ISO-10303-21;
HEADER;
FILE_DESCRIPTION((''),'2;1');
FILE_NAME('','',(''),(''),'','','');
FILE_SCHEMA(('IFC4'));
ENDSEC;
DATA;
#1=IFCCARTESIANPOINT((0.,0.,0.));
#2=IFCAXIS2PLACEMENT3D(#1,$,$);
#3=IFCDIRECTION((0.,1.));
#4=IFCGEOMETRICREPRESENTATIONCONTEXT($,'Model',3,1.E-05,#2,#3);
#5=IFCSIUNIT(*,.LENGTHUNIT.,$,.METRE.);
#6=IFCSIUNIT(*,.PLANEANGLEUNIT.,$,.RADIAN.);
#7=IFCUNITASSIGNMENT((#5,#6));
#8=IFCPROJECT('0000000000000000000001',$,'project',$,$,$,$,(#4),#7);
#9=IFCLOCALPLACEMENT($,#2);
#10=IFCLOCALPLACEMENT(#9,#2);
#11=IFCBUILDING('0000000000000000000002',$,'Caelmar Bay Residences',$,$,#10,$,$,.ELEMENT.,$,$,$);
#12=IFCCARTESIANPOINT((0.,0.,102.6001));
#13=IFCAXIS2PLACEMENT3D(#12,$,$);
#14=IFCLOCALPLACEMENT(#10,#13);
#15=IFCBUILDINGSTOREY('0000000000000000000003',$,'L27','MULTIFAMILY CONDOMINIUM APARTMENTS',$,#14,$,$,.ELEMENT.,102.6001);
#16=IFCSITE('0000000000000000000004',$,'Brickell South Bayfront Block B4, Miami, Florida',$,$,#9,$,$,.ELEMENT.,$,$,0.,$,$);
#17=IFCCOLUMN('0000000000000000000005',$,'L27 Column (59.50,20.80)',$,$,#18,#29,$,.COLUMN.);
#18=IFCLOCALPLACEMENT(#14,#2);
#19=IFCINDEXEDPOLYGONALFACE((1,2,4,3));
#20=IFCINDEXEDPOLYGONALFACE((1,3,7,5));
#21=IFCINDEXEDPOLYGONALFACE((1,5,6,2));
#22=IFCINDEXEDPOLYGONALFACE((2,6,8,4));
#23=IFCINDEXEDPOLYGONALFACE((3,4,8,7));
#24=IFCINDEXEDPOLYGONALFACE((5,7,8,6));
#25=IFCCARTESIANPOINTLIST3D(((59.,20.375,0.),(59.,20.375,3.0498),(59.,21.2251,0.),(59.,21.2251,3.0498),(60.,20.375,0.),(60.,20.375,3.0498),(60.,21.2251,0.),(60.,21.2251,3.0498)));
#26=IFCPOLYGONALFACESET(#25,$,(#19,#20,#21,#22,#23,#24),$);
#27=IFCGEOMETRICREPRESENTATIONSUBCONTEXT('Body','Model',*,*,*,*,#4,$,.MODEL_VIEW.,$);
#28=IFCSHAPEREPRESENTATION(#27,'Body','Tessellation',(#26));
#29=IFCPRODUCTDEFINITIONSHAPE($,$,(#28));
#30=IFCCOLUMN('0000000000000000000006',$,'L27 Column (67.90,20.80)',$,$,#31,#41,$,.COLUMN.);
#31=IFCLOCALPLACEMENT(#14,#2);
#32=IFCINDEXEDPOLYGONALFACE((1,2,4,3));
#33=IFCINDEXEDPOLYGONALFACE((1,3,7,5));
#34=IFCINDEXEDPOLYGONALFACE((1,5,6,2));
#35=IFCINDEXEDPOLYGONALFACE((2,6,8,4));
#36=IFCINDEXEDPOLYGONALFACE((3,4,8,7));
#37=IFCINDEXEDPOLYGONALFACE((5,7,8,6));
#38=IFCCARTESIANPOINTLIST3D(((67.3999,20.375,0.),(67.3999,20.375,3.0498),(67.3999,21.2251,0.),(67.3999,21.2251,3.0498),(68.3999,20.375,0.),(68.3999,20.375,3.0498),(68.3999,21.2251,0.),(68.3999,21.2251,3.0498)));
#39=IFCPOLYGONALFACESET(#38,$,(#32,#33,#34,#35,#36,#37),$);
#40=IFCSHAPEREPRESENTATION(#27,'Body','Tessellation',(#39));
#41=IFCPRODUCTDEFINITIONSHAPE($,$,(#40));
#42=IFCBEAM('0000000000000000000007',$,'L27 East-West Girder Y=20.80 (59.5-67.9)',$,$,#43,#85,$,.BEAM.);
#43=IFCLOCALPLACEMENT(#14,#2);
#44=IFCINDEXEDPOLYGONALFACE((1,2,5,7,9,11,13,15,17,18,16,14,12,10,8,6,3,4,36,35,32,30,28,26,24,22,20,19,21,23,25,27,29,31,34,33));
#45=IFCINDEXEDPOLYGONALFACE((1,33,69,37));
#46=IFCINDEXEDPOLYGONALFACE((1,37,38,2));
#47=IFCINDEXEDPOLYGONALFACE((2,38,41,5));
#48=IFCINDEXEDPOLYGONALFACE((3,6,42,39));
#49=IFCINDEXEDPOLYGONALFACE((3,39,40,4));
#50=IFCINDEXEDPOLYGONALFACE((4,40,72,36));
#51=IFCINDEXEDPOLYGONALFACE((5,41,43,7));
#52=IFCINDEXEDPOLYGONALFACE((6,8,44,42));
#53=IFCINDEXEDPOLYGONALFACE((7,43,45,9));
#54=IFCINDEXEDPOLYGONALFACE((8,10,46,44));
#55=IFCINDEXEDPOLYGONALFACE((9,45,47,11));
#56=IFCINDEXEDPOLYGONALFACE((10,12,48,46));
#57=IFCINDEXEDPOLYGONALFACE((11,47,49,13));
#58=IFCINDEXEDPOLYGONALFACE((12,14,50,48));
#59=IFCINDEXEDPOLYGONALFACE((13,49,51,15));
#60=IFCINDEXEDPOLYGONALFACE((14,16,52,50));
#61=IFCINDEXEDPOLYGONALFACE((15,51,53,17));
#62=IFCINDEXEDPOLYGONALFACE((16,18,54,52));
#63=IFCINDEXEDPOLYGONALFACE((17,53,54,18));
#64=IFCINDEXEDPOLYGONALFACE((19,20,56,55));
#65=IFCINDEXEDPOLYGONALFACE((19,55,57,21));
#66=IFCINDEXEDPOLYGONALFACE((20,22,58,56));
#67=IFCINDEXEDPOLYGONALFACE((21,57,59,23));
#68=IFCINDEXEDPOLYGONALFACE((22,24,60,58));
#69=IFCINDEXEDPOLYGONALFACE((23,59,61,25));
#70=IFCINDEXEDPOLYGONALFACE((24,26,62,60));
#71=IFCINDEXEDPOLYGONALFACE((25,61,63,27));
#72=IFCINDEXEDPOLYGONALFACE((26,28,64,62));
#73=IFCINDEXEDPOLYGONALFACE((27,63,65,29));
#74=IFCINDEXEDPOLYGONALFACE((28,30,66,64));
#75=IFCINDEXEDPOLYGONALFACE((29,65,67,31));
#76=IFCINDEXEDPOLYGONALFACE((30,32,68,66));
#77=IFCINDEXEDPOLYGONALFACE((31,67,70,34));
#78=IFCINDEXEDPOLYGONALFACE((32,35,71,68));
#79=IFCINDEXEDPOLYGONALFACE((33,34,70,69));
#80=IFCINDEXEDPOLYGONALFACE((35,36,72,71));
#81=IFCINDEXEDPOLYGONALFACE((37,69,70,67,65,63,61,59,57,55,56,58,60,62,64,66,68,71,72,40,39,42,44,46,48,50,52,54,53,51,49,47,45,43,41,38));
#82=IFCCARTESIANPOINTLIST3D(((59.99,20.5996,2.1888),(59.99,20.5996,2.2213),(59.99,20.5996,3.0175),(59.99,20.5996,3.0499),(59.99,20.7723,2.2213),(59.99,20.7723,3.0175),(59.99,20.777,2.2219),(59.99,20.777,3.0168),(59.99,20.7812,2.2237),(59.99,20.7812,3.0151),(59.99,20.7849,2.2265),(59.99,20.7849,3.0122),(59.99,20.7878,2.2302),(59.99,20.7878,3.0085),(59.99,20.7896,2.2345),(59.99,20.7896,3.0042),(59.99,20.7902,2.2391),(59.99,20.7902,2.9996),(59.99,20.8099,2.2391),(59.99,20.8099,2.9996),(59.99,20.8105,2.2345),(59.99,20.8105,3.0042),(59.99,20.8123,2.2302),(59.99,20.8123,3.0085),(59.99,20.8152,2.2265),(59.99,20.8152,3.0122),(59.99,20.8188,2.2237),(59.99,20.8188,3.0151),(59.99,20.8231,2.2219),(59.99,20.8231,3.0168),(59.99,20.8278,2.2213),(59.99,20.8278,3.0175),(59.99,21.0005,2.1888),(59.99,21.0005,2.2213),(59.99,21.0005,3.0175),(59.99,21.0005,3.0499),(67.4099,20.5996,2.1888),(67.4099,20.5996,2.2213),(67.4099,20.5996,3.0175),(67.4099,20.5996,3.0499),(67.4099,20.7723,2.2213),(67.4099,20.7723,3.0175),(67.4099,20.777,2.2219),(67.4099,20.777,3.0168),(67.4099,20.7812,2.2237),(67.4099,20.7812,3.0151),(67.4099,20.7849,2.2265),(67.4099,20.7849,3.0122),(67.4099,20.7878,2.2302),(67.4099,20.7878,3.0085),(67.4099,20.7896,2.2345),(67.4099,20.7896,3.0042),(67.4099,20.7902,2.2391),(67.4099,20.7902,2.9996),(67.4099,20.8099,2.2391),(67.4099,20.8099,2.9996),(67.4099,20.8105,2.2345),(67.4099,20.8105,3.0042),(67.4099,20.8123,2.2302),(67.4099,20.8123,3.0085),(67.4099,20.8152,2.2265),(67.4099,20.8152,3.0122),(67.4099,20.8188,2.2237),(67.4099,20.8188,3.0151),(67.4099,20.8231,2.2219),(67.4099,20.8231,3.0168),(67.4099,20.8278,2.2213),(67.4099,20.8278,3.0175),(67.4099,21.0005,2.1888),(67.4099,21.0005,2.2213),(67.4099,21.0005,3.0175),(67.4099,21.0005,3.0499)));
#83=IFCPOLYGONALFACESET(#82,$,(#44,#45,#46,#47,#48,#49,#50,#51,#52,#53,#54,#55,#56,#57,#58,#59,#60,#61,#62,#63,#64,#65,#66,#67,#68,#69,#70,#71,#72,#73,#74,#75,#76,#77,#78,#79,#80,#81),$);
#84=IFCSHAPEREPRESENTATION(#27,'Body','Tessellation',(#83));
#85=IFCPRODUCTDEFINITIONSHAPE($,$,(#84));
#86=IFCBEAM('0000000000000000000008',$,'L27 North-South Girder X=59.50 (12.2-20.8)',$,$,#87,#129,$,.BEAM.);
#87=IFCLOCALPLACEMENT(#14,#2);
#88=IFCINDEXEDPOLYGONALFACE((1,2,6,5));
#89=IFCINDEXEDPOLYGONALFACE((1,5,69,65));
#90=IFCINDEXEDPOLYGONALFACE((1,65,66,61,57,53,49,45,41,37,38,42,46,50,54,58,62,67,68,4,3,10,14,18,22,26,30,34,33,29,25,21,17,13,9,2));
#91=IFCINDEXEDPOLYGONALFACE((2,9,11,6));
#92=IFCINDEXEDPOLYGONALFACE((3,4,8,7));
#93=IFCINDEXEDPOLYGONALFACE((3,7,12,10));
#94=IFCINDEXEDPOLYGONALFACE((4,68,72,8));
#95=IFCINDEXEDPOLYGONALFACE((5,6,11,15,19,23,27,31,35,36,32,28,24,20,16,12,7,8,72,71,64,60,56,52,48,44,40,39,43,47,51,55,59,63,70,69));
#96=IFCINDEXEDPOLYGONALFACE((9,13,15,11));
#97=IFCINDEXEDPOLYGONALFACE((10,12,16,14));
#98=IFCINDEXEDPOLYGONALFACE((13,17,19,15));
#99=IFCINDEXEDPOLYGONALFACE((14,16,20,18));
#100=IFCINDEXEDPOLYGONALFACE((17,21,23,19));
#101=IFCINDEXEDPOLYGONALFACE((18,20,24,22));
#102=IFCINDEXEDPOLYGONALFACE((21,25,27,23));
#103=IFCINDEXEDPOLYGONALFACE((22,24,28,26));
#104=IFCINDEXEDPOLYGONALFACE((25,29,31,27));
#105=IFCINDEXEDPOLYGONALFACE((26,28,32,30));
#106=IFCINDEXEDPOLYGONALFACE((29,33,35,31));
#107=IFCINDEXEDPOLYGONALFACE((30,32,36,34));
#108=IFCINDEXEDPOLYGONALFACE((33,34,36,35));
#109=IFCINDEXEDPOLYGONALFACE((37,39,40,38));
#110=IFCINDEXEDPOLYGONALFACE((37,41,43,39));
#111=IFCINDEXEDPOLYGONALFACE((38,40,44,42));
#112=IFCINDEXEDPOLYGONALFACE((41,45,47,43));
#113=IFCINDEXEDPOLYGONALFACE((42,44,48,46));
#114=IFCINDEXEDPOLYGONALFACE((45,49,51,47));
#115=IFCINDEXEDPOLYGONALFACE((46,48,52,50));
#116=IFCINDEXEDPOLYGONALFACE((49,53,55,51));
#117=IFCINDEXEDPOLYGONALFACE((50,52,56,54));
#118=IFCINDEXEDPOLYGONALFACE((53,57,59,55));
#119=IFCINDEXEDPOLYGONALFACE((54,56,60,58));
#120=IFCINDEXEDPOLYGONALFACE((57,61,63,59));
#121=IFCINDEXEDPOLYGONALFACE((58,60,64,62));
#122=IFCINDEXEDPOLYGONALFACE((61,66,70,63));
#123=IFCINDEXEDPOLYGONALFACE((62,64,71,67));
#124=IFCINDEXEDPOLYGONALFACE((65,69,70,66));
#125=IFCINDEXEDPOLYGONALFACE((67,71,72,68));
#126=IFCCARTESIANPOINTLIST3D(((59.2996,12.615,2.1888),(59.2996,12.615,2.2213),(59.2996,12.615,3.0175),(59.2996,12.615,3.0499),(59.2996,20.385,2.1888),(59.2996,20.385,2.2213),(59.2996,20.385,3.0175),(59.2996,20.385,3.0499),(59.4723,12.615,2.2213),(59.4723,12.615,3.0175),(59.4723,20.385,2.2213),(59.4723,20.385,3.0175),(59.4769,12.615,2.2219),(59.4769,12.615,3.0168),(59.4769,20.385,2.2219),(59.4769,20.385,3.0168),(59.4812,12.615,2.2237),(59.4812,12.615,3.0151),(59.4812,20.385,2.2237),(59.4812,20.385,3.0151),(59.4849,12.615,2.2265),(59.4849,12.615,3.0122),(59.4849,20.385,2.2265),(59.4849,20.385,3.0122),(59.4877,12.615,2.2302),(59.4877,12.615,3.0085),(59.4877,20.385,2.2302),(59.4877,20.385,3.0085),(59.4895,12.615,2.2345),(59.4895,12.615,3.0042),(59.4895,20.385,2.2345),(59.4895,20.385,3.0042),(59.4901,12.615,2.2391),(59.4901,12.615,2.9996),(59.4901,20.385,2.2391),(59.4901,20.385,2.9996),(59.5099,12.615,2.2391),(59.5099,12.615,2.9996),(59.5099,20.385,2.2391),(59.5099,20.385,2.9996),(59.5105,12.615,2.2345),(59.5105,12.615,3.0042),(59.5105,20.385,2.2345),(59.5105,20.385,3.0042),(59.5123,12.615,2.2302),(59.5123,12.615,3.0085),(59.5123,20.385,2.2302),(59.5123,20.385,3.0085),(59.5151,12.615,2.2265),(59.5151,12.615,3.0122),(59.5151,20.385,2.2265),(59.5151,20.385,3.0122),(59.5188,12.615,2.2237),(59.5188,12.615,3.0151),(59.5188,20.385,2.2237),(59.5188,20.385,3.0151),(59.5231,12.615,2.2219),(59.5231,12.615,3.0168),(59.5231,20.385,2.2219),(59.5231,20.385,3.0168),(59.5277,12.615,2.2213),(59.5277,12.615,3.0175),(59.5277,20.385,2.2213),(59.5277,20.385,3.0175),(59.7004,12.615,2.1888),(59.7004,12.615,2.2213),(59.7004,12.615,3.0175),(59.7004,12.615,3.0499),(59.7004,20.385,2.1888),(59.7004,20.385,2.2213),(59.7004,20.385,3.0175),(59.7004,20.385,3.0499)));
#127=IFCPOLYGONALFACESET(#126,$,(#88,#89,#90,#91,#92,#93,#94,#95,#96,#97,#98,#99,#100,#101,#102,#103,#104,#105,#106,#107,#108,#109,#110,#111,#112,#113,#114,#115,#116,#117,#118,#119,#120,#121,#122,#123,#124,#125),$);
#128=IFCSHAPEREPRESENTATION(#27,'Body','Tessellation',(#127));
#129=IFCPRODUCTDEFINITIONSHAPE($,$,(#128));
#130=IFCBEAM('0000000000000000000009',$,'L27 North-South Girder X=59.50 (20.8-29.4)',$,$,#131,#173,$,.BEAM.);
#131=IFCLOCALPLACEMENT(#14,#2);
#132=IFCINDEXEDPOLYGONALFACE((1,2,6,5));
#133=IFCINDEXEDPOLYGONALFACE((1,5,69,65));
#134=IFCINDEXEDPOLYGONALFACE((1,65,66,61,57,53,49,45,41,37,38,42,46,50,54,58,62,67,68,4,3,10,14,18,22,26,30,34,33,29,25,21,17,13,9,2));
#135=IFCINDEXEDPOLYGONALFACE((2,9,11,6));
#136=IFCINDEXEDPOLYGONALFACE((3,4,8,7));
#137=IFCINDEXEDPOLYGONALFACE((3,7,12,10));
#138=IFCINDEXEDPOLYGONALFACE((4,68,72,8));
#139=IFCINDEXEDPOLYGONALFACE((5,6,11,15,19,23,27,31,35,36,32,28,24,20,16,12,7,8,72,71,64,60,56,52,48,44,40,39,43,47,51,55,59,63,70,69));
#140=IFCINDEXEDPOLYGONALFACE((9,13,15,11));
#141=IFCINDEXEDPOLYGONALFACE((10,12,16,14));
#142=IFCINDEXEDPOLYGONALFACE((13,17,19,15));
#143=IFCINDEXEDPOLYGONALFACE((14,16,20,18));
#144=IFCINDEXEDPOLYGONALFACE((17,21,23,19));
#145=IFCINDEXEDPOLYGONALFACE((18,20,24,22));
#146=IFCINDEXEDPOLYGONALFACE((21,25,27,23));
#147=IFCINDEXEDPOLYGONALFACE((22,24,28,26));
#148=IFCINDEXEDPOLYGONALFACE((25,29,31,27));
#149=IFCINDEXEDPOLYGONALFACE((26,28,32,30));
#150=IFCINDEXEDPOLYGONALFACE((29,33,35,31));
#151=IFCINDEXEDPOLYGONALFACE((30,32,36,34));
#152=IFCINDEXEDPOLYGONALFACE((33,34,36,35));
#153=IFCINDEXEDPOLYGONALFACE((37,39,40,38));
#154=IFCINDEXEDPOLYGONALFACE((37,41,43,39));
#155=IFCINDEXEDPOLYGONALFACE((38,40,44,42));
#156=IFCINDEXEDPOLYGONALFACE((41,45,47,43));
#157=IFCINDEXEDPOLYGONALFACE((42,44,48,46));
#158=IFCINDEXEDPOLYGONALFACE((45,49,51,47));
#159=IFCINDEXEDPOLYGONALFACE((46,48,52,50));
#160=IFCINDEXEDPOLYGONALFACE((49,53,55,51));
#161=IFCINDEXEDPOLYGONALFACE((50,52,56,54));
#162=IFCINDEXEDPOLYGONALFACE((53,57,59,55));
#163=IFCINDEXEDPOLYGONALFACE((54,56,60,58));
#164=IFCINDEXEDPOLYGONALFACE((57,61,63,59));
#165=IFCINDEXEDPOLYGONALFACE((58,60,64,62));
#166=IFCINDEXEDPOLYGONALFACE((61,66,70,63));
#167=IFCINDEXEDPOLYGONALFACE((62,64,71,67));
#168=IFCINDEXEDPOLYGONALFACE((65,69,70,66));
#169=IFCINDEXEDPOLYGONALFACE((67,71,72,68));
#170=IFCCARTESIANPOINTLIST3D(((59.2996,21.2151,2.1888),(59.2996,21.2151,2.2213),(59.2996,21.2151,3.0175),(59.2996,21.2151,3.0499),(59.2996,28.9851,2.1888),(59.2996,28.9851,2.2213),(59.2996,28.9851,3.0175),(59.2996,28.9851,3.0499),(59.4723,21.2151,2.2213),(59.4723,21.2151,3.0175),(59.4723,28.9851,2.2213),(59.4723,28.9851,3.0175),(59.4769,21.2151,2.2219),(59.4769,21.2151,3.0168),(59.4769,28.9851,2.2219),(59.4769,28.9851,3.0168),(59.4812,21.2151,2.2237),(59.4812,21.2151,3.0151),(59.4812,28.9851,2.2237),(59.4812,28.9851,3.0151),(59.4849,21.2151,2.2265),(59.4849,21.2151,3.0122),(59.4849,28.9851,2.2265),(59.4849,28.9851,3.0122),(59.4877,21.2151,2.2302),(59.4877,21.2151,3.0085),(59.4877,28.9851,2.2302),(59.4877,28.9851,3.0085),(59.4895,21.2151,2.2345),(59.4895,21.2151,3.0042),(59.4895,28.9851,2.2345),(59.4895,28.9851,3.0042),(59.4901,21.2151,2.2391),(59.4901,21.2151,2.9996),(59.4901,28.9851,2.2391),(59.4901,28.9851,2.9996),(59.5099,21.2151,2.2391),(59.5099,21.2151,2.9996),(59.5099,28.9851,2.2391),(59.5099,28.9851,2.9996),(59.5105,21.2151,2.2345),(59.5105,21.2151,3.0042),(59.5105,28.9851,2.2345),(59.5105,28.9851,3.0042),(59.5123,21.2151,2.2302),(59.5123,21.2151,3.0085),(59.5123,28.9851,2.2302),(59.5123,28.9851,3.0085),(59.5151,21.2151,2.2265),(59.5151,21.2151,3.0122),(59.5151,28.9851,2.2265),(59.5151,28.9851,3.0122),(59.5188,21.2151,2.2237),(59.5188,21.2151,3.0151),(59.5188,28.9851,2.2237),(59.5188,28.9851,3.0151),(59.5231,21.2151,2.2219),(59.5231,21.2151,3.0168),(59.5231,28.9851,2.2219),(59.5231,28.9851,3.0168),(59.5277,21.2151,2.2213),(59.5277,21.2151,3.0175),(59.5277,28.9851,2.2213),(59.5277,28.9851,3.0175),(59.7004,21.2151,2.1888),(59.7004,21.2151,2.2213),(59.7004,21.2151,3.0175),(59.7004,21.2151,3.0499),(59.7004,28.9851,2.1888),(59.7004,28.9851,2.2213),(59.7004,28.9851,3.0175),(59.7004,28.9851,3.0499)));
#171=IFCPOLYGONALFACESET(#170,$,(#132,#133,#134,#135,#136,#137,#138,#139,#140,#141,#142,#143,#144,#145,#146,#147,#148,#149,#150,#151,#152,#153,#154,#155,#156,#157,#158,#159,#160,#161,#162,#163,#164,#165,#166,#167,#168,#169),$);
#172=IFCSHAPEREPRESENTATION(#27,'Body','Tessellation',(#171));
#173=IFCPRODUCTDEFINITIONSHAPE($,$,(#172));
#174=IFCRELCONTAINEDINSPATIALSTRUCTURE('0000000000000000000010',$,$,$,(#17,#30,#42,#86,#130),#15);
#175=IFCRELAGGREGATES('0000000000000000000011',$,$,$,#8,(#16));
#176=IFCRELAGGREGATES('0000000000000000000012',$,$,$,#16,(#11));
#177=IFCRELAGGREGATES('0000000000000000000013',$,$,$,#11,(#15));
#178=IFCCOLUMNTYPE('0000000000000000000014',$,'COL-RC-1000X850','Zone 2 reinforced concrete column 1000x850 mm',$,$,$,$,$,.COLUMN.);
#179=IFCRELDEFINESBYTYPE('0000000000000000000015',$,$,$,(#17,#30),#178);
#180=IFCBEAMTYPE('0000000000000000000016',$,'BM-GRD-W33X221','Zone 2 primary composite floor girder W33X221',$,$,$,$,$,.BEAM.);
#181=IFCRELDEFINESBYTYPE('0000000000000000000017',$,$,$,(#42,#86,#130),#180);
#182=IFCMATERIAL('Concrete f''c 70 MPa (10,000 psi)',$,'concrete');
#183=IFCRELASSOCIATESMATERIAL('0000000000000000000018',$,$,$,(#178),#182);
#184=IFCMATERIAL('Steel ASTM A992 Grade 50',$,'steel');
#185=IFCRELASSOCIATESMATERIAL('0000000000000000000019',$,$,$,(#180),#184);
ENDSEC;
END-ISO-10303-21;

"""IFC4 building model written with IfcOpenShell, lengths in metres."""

from ifc_helpers import new_model, si_unit, direction, frame, origin, origin_2d, place, context, subcontext, project, spatial, rectangle, i_section, extrude, material, material_profile, profile_set, type_object, element, save


model = new_model("IFC4")

# Units and contexts
model_context = context("Model", 3, precision=1e-05, world=origin(), true_north=direction((0.0, 1.0)))
body_context = subcontext(model_context, "Body", "Model", "MODEL_VIEW")
ifc_project = project(units=[si_unit("LENGTHUNIT", "METRE"), si_unit("PLANEANGLEUNIT", "RADIAN")], contexts=[model_context])

# Site, building, storey
site_placement = place(None, origin())
site = spatial("IfcSite", under=ifc_project, at=site_placement, Name="Brickell South Bayfront Block B4, Miami, Florida", CompositionType="ELEMENT", RefElevation=0.0)
building_placement = place(site_placement, origin())
building = spatial("IfcBuilding", under=site, at=building_placement, Name="Caelmar Bay Residences", CompositionType="ELEMENT")
storey_placement = place(building_placement, frame((0.0, 0.0, 102.6001)))
storey = spatial("IfcBuildingStorey", under=building, at=storey_placement, Name="L27", Description="MULTIFAMILY CONDOMINIUM APARTMENTS", CompositionType="ELEMENT", Elevation=102.6001)

# Columns
ifc_material_1 = material(Name="Concrete f'c 70 MPa (10,000 psi)", Category="concrete")
ifc_material_profile_1 = material_profile(ifc_material_1, rectangle(XDim=1.0, YDim=0.8501, at=origin_2d()), Name="RC-COL-1000X850")
ifc_profile_set_1 = profile_set([ifc_material_profile_1], Name="Concrete f'c 70 MPa (10,000 psi)")
column_type = type_object("IfcColumnType", Name="COL-RC-1000X850", Description="Zone 2 reinforced concrete column 1000x850 mm", PredefinedType="COLUMN", material=ifc_profile_set_1)
for number, where, z_axis, x_axis, name in (
    (1, (59.5, 20.8, 0.0), (0.0, 0.0, 1.0), (1.0, 0.0, 0.0), "L27 Column (59.50,20.80)"),
    (2, (67.8999, 20.8, 0.0), (0.0, 0.0, 1.0), (1.0, 0.0, 0.0), "L27 Column (67.90,20.80)"),
):
    element("IfcColumn", number, at=place(storey_placement, frame(where, z_axis=z_axis, x_axis=x_axis)), inside=storey, type_object=column_type, Name=name, PredefinedType="COLUMN", context=body_context, shape_type="SweptSolid", body=[
        extrude(rectangle(XDim=1.0, YDim=0.8501, at=origin_2d()), origin(), (0.0, 0.0, 1.0), 3.0498),
    ])

# Beams
ifc_material_2 = material(Name="Steel ASTM A992 Grade 50", Category="steel")
ifc_material_profile_2 = material_profile(ifc_material_2, i_section(OverallWidth=0.4009, OverallDepth=0.8611, WebThickness=0.0198, FlangeThickness=0.0325, FilletRadius=0.0178, at=origin_2d()), Name="W33X221")
ifc_profile_set_2 = profile_set([ifc_material_profile_2], Name="Steel ASTM A992 Grade 50")
beam_type_1 = type_object("IfcBeamType", Name="BM-GRD-W33X221", Description="Zone 2 primary composite floor girder W33X221", PredefinedType="BEAM", material=ifc_profile_set_2)
beam_placement = place(storey_placement, frame((59.99, 20.8, 2.6194), z_axis=(1.0, 0.0, 0.0), x_axis=(0.0, 1.0, 0.0)))
element("IfcBeam", 3, at=beam_placement, inside=storey, type_object=beam_type_1, Name="L27 East-West Girder Y=20.80 (59.5-67.9)", PredefinedType="BEAM", context=body_context, shape_type="SweptSolid", body=[
    extrude(i_section(OverallWidth=0.4009, OverallDepth=0.8611, WebThickness=0.0198, FlangeThickness=0.0325, FilletRadius=0.0178, at=origin_2d()), origin(), (0.0, 0.0, 1.0), 7.4199),
])
for number, where, z_axis, x_axis, name in (
    (4, (59.5, 12.615, 2.6194), (0.0, 1.0, 0.0), (-1.0, 0.0, 0.0), "L27 North-South Girder X=59.50 (12.2-20.8)"),
    (5, (59.5, 21.2151, 2.6194), (0.0, 1.0, 0.0), (-1.0, 0.0, 0.0), "L27 North-South Girder X=59.50 (20.8-29.4)"),
):
    element("IfcBeam", number, at=place(storey_placement, frame(where, z_axis=z_axis, x_axis=x_axis)), inside=storey, type_object=beam_type_1, Name=name, PredefinedType="BEAM", context=body_context, shape_type="SweptSolid", body=[
        extrude(i_section(OverallWidth=0.4009, OverallDepth=0.8611, WebThickness=0.0198, FlangeThickness=0.0325, FilletRadius=0.0178, at=origin_2d()), origin(), (0.0, 0.0, 1.0), 7.77),
    ])

save(model, "model.ifc")
